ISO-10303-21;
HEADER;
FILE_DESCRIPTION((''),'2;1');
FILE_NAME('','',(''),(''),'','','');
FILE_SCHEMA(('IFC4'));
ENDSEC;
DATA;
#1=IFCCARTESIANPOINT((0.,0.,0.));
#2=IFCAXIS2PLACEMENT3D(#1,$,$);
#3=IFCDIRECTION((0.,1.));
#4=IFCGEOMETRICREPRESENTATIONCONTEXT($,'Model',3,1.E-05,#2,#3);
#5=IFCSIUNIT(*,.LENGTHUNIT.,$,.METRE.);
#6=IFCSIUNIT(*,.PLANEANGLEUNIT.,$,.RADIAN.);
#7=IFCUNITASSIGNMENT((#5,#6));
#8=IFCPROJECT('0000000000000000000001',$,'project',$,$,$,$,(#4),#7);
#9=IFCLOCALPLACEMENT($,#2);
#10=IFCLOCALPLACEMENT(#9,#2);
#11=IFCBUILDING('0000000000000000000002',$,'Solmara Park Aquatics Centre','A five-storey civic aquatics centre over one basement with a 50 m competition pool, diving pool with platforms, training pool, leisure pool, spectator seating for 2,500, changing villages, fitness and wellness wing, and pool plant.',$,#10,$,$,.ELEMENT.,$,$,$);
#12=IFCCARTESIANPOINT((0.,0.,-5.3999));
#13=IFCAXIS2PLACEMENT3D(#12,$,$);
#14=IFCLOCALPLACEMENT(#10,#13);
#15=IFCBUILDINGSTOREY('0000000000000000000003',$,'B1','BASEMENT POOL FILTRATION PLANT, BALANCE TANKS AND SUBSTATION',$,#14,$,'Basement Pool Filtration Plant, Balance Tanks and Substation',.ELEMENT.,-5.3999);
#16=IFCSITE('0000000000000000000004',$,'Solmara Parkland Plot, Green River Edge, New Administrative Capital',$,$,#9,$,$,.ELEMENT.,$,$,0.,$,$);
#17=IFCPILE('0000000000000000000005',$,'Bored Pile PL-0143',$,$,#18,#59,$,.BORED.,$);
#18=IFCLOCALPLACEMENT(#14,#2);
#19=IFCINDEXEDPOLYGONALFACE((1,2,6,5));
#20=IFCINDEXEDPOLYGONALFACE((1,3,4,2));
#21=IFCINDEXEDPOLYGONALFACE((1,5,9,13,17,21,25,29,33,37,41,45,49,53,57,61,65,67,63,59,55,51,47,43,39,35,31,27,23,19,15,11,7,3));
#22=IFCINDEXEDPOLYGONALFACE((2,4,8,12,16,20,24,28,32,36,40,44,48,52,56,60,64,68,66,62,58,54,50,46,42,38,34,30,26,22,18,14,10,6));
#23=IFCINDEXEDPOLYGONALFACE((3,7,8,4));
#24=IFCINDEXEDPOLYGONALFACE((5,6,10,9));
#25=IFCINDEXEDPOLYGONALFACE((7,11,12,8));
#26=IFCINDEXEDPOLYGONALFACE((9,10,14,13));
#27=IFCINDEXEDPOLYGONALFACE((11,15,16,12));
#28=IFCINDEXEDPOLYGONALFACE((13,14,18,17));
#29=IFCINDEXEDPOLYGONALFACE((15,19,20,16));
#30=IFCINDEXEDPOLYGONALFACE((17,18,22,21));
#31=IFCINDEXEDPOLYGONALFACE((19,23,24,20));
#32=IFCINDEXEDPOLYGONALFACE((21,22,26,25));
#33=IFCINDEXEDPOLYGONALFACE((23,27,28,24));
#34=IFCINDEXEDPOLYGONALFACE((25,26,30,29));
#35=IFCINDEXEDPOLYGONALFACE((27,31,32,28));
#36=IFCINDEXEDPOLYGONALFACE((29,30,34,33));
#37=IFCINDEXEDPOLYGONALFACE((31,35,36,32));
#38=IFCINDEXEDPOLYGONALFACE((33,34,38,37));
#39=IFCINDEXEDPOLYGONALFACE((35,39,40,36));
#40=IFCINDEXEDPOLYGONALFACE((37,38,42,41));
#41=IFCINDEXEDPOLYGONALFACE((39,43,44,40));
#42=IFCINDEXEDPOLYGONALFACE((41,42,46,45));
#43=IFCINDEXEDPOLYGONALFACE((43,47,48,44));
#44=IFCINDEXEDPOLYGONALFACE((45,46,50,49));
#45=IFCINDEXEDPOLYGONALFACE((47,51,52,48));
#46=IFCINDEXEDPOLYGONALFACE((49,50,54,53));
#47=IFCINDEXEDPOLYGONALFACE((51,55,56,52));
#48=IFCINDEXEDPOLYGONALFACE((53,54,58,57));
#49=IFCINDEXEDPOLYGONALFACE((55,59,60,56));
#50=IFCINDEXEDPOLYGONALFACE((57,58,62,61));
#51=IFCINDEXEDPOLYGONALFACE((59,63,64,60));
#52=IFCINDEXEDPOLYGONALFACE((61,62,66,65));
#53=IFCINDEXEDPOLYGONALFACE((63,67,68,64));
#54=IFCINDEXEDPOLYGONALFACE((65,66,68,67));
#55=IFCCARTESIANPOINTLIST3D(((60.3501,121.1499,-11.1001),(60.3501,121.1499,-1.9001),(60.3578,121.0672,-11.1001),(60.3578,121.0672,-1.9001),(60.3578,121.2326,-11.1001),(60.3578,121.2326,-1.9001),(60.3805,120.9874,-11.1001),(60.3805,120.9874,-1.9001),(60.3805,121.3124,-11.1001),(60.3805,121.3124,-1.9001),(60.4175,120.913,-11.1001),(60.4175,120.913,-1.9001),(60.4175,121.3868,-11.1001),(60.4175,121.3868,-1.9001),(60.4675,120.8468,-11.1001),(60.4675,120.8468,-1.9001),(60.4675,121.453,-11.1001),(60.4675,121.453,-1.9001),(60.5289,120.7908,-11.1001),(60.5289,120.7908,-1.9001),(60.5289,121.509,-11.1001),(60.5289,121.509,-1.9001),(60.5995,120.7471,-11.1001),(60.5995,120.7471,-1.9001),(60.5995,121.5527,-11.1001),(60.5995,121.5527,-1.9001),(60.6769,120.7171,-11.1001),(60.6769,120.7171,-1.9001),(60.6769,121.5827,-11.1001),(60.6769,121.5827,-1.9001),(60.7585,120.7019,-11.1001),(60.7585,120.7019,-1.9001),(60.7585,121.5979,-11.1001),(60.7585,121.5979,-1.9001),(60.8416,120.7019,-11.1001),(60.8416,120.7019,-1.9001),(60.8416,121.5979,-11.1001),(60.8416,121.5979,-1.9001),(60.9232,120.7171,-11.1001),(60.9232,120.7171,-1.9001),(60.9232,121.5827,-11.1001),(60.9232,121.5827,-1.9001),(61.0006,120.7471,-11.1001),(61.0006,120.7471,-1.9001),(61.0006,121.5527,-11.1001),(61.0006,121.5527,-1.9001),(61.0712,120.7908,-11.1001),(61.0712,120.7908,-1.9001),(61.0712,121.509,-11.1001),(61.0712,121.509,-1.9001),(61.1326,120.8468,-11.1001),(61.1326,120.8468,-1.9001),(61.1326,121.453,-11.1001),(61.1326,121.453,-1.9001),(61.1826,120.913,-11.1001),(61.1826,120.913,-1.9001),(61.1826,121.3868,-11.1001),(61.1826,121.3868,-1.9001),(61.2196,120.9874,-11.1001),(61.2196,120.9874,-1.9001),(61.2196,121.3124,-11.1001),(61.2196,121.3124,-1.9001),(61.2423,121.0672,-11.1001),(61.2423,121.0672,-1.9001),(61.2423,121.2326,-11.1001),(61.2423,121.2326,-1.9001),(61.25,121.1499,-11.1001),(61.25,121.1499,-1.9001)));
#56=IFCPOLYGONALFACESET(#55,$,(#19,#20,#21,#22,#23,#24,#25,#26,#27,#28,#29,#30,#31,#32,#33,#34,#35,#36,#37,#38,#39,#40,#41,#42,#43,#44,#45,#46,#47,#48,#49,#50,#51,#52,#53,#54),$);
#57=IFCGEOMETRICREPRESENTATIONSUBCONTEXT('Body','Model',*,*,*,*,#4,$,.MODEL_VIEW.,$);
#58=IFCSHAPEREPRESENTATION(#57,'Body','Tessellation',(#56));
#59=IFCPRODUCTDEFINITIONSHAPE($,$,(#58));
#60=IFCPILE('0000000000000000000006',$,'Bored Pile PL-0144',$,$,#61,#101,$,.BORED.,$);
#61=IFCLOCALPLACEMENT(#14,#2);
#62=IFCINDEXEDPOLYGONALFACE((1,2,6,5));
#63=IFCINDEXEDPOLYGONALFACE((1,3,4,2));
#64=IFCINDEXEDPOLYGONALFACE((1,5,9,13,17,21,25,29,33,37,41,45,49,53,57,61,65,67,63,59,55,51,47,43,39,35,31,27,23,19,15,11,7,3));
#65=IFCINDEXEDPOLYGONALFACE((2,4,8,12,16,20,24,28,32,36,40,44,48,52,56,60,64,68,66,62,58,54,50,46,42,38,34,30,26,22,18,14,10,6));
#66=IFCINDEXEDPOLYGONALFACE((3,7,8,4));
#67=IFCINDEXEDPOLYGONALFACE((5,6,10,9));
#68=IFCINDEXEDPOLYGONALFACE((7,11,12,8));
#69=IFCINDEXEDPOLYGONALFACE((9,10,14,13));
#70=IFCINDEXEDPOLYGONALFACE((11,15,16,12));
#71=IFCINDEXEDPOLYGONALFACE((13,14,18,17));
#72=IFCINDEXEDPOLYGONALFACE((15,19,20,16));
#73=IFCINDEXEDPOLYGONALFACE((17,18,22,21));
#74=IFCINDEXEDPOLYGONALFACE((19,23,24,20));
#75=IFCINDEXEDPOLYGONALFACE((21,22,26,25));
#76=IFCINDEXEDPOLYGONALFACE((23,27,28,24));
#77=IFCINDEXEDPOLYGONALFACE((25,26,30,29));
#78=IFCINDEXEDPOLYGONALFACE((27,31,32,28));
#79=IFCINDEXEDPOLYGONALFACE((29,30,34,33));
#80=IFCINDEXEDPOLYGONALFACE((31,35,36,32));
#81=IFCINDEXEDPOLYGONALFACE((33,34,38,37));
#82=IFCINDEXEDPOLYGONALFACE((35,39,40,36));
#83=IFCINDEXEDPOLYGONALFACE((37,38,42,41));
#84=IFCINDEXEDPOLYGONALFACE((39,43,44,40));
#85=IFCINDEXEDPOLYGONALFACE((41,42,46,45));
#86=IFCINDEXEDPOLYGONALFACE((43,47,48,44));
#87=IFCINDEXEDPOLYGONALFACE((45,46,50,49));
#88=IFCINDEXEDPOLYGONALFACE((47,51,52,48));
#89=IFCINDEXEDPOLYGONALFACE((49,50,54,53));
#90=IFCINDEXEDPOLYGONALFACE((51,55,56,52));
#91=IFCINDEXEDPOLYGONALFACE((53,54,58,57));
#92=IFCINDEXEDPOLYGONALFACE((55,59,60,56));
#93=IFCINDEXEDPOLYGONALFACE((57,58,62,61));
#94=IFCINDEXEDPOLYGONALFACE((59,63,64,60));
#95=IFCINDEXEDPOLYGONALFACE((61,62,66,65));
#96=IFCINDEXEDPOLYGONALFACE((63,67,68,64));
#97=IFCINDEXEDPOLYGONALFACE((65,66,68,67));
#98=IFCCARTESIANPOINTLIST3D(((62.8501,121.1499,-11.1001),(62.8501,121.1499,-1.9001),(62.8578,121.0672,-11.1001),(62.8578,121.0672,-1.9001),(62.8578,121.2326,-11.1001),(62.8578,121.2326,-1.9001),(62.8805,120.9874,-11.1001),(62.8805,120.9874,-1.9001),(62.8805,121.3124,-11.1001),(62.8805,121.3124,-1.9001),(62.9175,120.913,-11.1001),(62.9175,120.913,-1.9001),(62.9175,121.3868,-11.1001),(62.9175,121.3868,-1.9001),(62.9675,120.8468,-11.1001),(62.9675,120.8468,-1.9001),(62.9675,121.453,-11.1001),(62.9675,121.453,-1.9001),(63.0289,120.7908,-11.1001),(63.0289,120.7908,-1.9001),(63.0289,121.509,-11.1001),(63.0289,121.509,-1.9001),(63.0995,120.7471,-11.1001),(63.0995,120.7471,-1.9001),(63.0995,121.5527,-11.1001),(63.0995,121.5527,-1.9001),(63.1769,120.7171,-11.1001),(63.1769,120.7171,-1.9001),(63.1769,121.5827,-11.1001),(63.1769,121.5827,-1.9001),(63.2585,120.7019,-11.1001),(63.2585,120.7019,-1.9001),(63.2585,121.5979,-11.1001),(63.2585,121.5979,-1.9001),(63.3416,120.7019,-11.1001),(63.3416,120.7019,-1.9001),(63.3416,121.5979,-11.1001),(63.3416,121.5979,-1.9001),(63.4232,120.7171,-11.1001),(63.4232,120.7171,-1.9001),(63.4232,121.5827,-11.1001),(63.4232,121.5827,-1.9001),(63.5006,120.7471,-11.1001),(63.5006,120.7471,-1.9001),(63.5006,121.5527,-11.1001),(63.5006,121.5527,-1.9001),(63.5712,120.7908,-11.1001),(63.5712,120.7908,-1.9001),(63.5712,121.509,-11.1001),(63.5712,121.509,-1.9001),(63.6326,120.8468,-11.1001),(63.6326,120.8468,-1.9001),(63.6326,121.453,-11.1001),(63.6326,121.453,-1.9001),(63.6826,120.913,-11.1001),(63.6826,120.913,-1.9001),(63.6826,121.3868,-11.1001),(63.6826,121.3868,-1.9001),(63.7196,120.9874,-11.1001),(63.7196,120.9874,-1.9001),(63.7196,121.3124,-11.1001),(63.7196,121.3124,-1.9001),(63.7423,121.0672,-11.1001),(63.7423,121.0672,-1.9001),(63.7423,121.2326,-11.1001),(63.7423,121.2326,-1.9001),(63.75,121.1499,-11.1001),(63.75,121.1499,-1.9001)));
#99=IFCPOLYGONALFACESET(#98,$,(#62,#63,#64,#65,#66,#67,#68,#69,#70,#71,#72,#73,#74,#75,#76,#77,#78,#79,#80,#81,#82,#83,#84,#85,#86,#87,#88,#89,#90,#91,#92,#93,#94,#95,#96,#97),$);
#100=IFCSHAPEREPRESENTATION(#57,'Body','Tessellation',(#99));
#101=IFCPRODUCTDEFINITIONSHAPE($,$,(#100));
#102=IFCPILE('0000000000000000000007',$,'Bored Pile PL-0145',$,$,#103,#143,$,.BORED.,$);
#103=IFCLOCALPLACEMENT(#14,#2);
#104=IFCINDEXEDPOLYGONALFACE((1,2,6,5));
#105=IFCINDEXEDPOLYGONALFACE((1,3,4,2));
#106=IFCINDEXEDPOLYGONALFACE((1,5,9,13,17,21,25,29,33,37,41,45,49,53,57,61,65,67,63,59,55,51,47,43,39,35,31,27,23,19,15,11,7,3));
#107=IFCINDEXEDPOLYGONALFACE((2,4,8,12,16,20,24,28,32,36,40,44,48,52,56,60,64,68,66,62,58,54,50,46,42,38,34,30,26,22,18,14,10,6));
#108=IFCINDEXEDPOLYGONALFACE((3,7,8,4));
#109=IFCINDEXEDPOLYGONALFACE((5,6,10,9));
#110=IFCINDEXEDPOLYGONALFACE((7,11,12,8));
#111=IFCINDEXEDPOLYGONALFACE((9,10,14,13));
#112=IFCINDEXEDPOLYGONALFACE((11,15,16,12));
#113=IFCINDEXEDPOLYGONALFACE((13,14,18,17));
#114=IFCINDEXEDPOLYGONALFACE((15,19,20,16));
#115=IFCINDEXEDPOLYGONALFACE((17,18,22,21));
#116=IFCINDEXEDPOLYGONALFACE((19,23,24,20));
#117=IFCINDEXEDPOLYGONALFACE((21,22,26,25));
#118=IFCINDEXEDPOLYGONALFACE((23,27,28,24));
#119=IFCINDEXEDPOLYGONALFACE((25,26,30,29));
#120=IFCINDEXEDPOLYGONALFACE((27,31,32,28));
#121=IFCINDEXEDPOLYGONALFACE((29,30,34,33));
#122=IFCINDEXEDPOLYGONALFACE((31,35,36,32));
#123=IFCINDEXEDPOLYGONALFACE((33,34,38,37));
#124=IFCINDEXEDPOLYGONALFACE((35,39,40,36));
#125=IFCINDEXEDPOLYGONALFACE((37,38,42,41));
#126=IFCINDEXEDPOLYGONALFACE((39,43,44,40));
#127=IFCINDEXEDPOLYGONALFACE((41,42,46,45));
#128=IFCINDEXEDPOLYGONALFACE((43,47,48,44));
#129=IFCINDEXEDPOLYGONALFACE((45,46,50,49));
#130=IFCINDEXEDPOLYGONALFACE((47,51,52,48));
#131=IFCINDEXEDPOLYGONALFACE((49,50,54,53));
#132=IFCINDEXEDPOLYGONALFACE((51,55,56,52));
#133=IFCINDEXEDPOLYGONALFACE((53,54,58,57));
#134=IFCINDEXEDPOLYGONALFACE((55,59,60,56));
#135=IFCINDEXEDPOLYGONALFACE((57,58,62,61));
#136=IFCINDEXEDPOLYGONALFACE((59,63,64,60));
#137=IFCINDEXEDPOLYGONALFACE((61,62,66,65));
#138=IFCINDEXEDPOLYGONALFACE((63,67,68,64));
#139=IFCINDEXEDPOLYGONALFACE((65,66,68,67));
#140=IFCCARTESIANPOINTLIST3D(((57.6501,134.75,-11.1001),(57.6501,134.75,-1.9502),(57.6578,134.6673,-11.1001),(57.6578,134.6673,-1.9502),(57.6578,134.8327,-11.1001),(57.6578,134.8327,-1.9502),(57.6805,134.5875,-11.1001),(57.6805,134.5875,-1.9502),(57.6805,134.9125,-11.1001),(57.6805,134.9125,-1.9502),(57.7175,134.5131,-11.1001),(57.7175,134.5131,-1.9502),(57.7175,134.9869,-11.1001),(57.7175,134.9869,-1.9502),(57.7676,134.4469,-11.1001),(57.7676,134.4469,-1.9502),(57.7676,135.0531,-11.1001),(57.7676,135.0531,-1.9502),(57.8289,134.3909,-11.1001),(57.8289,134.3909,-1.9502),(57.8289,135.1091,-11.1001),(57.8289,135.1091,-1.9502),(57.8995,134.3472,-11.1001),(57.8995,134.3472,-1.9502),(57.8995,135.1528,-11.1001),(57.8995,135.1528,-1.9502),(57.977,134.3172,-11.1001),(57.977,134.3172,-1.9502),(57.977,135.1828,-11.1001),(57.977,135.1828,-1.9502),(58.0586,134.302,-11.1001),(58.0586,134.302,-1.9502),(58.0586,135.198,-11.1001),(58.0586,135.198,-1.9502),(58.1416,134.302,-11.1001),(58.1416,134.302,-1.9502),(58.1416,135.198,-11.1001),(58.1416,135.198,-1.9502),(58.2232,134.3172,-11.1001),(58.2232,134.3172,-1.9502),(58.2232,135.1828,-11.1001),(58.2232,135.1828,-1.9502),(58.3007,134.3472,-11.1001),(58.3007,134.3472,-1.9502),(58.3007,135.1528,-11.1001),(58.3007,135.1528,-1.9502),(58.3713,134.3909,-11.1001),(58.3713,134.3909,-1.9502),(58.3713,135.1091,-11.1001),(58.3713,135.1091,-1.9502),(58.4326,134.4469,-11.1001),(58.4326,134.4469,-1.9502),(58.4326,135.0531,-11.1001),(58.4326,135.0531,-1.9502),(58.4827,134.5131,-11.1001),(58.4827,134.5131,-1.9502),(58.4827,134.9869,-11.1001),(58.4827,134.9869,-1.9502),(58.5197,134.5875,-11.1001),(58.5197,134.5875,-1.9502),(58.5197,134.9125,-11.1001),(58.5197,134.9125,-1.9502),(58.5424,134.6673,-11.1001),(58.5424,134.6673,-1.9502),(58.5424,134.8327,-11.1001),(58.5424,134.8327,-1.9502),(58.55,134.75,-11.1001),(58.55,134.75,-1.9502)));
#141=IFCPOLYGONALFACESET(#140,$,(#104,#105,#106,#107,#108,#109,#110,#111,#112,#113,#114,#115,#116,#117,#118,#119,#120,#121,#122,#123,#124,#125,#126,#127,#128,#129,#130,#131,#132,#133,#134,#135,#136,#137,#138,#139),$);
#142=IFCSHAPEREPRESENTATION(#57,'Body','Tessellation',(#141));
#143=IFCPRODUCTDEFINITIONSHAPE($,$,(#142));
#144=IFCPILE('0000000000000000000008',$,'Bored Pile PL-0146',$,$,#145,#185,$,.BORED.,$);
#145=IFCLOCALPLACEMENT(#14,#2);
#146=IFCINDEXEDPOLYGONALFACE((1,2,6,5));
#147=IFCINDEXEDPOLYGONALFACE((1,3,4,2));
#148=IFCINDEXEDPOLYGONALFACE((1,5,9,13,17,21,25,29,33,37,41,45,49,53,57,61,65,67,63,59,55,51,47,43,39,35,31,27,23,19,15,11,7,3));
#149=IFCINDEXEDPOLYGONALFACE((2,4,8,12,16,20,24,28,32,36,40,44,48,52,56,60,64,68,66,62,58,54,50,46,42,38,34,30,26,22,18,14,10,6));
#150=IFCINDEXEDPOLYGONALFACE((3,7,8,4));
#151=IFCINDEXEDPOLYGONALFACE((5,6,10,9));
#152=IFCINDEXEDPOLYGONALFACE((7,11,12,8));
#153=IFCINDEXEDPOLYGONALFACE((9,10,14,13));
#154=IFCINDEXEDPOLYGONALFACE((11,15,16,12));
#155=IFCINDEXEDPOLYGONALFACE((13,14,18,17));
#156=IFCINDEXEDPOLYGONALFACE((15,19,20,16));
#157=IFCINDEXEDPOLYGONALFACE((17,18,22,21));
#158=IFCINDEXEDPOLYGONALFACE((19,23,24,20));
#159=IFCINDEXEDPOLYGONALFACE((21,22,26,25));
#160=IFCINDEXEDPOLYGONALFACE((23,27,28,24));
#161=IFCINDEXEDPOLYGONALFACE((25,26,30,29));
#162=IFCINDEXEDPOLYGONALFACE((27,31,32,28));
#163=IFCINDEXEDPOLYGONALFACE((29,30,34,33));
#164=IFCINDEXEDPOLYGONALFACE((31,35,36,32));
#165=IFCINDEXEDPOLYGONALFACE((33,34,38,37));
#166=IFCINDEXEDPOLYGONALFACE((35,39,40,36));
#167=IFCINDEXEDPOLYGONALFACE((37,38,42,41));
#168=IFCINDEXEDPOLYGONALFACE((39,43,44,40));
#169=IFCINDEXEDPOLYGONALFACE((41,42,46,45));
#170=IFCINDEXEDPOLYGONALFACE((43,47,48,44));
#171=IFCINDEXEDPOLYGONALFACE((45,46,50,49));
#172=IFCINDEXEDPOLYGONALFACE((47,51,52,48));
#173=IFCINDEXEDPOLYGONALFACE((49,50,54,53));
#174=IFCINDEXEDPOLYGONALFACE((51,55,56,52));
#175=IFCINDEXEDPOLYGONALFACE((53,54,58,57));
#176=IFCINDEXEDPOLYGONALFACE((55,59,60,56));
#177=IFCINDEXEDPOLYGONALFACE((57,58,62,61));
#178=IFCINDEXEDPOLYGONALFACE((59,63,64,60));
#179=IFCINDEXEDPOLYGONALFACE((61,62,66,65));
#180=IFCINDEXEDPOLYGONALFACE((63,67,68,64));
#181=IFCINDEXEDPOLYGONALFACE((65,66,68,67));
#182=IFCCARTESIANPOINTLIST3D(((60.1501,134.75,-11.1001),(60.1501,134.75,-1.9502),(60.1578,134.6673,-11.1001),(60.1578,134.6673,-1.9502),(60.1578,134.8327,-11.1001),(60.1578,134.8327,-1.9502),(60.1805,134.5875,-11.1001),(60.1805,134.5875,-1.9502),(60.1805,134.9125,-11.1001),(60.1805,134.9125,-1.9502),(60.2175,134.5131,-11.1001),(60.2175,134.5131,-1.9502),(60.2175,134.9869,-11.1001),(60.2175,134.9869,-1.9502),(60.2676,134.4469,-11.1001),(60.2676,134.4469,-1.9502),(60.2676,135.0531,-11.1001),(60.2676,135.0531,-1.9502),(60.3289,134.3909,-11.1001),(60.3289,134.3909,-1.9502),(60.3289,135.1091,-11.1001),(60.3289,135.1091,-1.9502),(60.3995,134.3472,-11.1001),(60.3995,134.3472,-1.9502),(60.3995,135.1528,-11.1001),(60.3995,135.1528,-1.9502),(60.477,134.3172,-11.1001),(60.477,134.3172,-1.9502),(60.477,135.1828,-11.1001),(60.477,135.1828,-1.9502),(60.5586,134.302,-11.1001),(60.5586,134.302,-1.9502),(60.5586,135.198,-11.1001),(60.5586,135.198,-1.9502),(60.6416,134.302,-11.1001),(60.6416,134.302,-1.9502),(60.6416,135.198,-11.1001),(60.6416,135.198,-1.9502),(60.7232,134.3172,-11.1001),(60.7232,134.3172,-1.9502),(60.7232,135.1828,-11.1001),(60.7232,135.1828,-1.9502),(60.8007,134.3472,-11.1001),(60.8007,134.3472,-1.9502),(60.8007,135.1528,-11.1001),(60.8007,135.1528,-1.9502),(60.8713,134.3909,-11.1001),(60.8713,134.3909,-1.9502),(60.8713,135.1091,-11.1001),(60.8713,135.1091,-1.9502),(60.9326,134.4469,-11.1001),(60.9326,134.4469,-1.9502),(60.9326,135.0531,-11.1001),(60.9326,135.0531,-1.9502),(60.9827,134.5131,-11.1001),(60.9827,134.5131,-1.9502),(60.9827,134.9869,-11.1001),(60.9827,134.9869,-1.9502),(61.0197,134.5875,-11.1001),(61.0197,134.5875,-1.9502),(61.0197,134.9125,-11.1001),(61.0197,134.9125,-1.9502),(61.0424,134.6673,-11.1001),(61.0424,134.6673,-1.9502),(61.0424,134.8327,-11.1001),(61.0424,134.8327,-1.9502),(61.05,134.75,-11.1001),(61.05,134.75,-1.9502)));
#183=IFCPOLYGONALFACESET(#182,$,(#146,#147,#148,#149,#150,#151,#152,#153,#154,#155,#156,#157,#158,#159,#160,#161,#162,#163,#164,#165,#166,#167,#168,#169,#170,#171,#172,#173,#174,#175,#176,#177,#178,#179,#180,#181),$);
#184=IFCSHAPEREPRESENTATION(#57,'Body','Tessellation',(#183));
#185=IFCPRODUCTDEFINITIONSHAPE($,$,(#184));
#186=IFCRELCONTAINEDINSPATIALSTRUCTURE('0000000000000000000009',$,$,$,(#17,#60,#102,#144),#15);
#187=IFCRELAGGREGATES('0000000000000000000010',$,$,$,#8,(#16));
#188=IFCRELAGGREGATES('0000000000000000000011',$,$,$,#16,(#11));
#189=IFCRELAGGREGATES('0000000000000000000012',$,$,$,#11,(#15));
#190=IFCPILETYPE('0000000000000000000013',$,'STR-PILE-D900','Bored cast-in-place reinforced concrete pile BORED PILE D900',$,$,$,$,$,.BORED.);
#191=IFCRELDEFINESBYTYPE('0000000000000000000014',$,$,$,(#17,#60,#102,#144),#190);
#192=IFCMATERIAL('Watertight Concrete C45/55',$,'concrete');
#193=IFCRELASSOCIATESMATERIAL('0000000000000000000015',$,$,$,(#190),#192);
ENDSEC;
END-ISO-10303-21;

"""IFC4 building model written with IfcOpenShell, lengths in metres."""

from ifc_helpers import new_model, si_unit, direction, frame, origin, origin_2d, place, context, subcontext, project, spatial, circle, extrude, material, material_profile, profile_set, type_object, element, save


model = new_model("IFC4")

# Units and contexts
model_context = context("Model", 3, precision=1e-05, world=origin(), true_north=direction((0.0, 1.0)))
body_context = subcontext(model_context, "Body", "Model", "MODEL_VIEW")
ifc_project = project(units=[si_unit("LENGTHUNIT", "METRE"), si_unit("PLANEANGLEUNIT", "RADIAN")], contexts=[model_context])

# Site, building, storey
site_placement = place(None, origin())
site = spatial("IfcSite", under=ifc_project, at=site_placement, Name="Solmara Parkland Plot, Green River Edge, New Administrative Capital", CompositionType="ELEMENT", RefElevation=0.0)
building_placement = place(site_placement, origin())
building = spatial("IfcBuilding", under=site, at=building_placement, Name="Solmara Park Aquatics Centre", Description="A five-storey civic aquatics centre over one basement with a 50 m competition pool, diving pool with platforms, training pool, leisure pool, spectator seating for 2,500, changing villages, fitness and wellness wing, and pool plant.", CompositionType="ELEMENT")
storey_placement = place(building_placement, frame((0.0, 0.0, -5.3999)))
storey = spatial("IfcBuildingStorey", under=building, at=storey_placement, Name="B1", Description="BASEMENT POOL FILTRATION PLANT, BALANCE TANKS AND SUBSTATION", LongName="Basement Pool Filtration Plant, Balance Tanks and Substation", CompositionType="ELEMENT", Elevation=-5.3999)

# Shared definitions
ifc_material_1 = material(Name="Watertight Concrete C45/55", Category="concrete")

# Piles
ifc_material_profile_1 = material_profile(ifc_material_1, circle(Radius=0.45, at=origin_2d()), Name="BORED PILE D900")
ifc_profile_set_1 = profile_set([ifc_material_profile_1], Name="Watertight Concrete C45/55")
pile_type = type_object("IfcPileType", Name="STR-PILE-D900", Description="Bored cast-in-place reinforced concrete pile BORED PILE D900", PredefinedType="BORED", material=ifc_profile_set_1)
for number, where, z_axis, x_axis, name in (
    (1, (60.8, 121.1499, -1.9001), (0.0, 0.0, -1.0), (1.0, 0.0, 0.0), "Bored Pile PL-0143"),
    (2, (63.3, 121.1499, -1.9001), (0.0, 0.0, -1.0), (1.0, 0.0, 0.0), "Bored Pile PL-0144"),
):
    element("IfcPile", number, at=place(storey_placement, frame(where, z_axis=z_axis, x_axis=x_axis)), inside=storey, type_object=pile_type, Name=name, PredefinedType="BORED", context=body_context, shape_type="SweptSolid", body=[
        extrude(circle(Radius=0.45, at=origin_2d()), origin(), (0.0, 0.0, 1.0), 9.2),
    ])
for number, where, z_axis, x_axis, name in (
    (3, (58.1001, 134.75, -1.9502), (0.0, 0.0, -1.0), (1.0, 0.0, 0.0), "Bored Pile PL-0145"),
    (4, (60.6001, 134.75, -1.9502), (0.0, 0.0, -1.0), (1.0, 0.0, 0.0), "Bored Pile PL-0146"),
):
    element("IfcPile", number, at=place(storey_placement, frame(where, z_axis=z_axis, x_axis=x_axis)), inside=storey, type_object=pile_type, Name=name, PredefinedType="BORED", context=body_context, shape_type="SweptSolid", body=[
        extrude(circle(Radius=0.45, at=origin_2d()), origin(), (0.0, 0.0, 1.0), 9.1499),
    ])

save(model, "model.ifc")
